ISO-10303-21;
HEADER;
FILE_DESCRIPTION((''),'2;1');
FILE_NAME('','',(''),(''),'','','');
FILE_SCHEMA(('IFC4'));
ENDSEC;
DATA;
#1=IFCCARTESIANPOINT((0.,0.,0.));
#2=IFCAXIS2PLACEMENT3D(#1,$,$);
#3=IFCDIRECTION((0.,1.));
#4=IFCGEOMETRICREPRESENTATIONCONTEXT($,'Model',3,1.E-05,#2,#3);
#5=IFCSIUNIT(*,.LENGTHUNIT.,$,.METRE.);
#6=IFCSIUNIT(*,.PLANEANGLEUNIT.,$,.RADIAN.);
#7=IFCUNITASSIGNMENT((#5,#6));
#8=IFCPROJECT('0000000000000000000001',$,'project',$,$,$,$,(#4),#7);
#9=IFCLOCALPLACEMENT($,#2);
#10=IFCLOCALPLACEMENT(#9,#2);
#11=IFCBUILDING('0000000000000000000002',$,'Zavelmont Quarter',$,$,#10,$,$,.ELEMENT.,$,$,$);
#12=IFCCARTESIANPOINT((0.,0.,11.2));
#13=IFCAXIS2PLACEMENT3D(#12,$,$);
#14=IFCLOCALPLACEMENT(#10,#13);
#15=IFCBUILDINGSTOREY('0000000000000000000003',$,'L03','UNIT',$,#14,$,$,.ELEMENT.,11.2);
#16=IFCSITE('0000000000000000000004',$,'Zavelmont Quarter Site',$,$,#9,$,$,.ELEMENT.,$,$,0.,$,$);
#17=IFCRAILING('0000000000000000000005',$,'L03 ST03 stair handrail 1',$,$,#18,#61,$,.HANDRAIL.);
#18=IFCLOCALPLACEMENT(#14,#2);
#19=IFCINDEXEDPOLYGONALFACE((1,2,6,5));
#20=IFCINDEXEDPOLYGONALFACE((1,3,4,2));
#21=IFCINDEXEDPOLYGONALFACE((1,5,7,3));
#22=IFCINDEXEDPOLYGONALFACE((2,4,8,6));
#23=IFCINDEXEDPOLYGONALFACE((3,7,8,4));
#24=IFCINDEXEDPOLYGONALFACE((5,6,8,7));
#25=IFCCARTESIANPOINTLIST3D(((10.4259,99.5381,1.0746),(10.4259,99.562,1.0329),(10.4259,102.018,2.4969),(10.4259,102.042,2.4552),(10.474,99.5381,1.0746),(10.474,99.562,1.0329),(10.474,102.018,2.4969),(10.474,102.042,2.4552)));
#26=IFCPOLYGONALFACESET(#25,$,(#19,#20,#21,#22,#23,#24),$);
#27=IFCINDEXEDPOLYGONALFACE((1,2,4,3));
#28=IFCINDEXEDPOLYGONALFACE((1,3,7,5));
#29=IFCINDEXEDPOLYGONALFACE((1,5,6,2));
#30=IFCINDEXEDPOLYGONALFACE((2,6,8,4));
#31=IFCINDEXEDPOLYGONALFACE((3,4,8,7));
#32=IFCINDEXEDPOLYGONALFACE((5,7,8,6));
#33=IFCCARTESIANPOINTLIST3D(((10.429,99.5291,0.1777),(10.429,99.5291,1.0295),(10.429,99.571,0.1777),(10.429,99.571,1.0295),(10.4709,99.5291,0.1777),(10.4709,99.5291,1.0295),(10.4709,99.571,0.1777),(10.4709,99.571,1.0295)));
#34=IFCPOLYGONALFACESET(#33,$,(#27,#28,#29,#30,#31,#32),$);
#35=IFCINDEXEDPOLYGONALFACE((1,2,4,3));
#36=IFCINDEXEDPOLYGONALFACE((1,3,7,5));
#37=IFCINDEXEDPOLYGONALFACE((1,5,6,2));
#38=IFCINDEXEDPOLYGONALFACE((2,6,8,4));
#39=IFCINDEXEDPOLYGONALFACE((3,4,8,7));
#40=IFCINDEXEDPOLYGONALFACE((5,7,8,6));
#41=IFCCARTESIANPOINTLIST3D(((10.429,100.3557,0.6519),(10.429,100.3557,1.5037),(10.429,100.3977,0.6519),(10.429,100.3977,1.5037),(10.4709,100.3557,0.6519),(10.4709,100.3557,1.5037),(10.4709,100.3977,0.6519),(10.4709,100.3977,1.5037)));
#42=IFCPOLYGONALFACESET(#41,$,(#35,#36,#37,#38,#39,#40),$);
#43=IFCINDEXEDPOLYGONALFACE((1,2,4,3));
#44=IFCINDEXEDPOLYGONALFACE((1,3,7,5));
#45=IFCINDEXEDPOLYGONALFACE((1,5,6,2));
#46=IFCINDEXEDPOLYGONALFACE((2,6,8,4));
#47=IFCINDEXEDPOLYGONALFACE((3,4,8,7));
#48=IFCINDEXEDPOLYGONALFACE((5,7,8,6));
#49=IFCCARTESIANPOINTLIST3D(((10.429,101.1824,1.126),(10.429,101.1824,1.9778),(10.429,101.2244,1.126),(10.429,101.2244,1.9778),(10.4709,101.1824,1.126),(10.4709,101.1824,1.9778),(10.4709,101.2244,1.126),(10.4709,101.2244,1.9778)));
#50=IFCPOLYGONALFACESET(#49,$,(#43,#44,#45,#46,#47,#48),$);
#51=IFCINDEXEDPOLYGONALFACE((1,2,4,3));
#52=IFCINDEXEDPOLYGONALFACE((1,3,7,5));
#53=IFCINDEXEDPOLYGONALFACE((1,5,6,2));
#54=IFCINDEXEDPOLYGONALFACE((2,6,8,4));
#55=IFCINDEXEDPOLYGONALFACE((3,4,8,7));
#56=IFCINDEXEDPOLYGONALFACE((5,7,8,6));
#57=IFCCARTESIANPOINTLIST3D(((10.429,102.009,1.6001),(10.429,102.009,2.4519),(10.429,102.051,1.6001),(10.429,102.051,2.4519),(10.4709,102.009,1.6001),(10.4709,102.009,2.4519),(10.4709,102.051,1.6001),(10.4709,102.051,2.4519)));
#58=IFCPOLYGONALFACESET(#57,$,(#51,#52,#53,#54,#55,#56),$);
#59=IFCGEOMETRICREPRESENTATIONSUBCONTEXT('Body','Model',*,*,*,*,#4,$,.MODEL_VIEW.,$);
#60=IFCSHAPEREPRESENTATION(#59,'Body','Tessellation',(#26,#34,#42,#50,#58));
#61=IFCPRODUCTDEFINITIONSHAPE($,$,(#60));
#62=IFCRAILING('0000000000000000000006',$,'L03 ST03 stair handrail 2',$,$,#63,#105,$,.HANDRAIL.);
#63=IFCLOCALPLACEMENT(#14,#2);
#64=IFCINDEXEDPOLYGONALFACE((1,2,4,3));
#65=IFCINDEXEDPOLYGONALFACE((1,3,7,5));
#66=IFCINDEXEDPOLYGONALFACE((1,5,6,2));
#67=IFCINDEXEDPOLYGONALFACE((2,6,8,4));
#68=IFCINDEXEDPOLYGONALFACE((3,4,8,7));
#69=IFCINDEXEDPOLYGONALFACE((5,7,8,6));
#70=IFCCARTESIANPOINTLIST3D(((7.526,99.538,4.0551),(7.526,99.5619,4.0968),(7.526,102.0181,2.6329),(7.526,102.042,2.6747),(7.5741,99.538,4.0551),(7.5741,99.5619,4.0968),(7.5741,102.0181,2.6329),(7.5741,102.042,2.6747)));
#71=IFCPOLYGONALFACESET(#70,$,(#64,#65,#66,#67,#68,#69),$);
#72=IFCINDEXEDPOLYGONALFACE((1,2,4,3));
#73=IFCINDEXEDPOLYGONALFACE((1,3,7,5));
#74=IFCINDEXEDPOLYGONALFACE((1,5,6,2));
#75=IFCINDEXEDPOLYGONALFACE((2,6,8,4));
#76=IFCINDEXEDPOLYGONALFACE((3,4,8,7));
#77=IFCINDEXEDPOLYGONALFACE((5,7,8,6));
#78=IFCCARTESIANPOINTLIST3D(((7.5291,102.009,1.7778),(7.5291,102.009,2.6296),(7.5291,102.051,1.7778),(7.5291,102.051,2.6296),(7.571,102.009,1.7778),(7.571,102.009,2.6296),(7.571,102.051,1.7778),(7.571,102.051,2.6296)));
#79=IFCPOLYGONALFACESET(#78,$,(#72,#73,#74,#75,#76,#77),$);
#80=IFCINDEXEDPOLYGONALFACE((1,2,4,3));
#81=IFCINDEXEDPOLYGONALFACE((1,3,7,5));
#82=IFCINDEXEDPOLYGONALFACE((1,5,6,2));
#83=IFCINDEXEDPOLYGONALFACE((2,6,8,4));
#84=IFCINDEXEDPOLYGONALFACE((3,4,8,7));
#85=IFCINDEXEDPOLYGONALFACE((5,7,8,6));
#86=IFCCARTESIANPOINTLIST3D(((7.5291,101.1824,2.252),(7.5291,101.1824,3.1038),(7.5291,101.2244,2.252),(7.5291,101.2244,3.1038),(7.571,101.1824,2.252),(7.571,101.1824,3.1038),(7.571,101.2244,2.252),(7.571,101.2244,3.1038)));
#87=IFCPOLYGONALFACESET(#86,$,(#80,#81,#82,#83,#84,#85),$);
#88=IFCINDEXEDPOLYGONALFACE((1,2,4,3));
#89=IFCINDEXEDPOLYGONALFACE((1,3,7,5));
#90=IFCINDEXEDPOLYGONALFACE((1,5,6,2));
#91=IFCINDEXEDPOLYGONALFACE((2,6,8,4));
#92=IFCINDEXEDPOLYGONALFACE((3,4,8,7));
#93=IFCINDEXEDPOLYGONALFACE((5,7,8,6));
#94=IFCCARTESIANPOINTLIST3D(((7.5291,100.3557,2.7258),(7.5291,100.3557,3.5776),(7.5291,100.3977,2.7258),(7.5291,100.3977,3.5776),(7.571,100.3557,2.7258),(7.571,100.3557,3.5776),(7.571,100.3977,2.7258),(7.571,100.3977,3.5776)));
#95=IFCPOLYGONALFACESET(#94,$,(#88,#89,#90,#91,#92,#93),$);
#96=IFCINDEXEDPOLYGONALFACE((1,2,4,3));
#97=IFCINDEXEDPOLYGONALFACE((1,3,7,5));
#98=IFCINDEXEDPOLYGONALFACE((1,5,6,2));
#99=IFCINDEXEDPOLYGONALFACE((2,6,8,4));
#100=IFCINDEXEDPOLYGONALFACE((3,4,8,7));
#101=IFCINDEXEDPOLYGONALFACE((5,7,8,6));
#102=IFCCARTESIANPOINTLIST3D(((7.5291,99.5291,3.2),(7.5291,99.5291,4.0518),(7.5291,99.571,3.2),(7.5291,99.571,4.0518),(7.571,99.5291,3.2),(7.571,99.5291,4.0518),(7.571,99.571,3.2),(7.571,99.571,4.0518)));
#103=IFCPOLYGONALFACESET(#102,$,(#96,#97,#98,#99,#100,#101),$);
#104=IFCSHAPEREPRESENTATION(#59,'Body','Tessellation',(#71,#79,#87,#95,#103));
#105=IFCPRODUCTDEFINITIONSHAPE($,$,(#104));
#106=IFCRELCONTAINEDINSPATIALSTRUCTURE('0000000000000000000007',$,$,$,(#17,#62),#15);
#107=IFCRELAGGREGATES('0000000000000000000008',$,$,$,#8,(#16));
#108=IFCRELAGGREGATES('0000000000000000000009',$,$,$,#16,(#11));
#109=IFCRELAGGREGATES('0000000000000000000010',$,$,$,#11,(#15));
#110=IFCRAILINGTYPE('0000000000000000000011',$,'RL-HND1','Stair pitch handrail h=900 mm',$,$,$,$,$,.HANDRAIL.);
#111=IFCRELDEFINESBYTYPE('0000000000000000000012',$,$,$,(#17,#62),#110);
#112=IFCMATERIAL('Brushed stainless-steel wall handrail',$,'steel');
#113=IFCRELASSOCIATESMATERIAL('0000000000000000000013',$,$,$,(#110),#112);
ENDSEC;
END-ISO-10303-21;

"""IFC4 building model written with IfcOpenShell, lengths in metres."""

from ifc_helpers import new_model, si_unit, direction, frame, origin, origin_2d, place, context, subcontext, project, spatial, rectangle, extrude, material, type_object, element, save


model = new_model("IFC4")

# Units and contexts
model_context = context("Model", 3, precision=1e-05, world=origin(), true_north=direction((0.0, 1.0)))
body_context = subcontext(model_context, "Body", "Model", "MODEL_VIEW")
ifc_project = project(units=[si_unit("LENGTHUNIT", "METRE"), si_unit("PLANEANGLEUNIT", "RADIAN")], contexts=[model_context])

# Site, building, storey
site_placement = place(None, origin())
site = spatial("IfcSite", under=ifc_project, at=site_placement, Name="Zavelmont Quarter Site", CompositionType="ELEMENT", RefElevation=0.0)
building_placement = place(site_placement, origin())
building = spatial("IfcBuilding", under=site, at=building_placement, Name="Zavelmont Quarter", CompositionType="ELEMENT")
storey_placement = place(building_placement, frame((0.0, 0.0, 11.2)))
storey = spatial("IfcBuildingStorey", under=building, at=storey_placement, Name="L03", Description="UNIT", CompositionType="ELEMENT", Elevation=11.2)

# Railings
ifc_material_1 = material(Name="Brushed stainless-steel wall handrail", Category="steel")
railing_type_1 = type_object("IfcRailingType", Name="RL-HND1", Description="Stair pitch handrail h=900 mm", PredefinedType="HANDRAIL", material=ifc_material_1)
railing_1_placement = place(storey_placement, frame((10.45, 99.55, 0.1777)))
element("IfcRailing", 1, at=railing_1_placement, inside=storey, type_object=railing_type_1, Name="L03 ST03 stair handrail 1", PredefinedType="HANDRAIL", context=body_context, shape_type="SweptSolid", body=[
    extrude(rectangle(XDim=0.0481, YDim=0.0481, at=origin_2d()), frame((0.0, 0.0, 0.876), z_axis=(0.0, 0.867454, 0.497518), x_axis=(-1.0, 0.0, 0.0)), (0.0, 0.0, 1.0), 2.8589),
    extrude(rectangle(XDim=0.042, YDim=0.042, at=origin_2d()), origin(), (0.0, 0.0, 1.0), 0.8518),
    extrude(rectangle(XDim=0.042, YDim=0.042, at=origin_2d()), frame((0.0, 0.8267, 0.4741)), (0.0, 0.0, 1.0), 0.8518),
    extrude(rectangle(XDim=0.042, YDim=0.042, at=origin_2d()), frame((0.0, 1.6533, 0.9482)), (0.0, 0.0, 1.0), 0.8518),
    extrude(rectangle(XDim=0.042, YDim=0.042, at=origin_2d()), frame((0.0, 2.48, 1.4224)), (0.0, 0.0, 1.0), 0.8518),
])
railing_2_placement = place(storey_placement, frame((7.55, 102.03, 1.7778)))
element("IfcRailing", 2, at=railing_2_placement, inside=storey, type_object=railing_type_1, Name="L03 ST03 stair handrail 2", PredefinedType="HANDRAIL", context=body_context, shape_type="SweptSolid", body=[
    extrude(rectangle(XDim=0.0481, YDim=0.0481, at=origin_2d()), frame((0.0, 0.0, 0.876), z_axis=(0.0, -0.867491, 0.497454), x_axis=(1.0, 0.0, 0.0)), (0.0, 0.0, 1.0), 2.8589),
    extrude(rectangle(XDim=0.042, YDim=0.042, at=origin_2d()), origin(), (0.0, 0.0, 1.0), 0.8518),
    extrude(rectangle(XDim=0.042, YDim=0.042, at=origin_2d()), frame((0.0, -0.8267, 0.4741)), (0.0, 0.0, 1.0), 0.8518),
    extrude(rectangle(XDim=0.042, YDim=0.042, at=origin_2d()), frame((0.0, -1.6533, 0.948)), (0.0, 0.0, 1.0), 0.8518),
    extrude(rectangle(XDim=0.042, YDim=0.042, at=origin_2d()), frame((0.0, -2.48, 1.4221)), (0.0, 0.0, 1.0), 0.8518),
])

save(model, "model.ifc")
